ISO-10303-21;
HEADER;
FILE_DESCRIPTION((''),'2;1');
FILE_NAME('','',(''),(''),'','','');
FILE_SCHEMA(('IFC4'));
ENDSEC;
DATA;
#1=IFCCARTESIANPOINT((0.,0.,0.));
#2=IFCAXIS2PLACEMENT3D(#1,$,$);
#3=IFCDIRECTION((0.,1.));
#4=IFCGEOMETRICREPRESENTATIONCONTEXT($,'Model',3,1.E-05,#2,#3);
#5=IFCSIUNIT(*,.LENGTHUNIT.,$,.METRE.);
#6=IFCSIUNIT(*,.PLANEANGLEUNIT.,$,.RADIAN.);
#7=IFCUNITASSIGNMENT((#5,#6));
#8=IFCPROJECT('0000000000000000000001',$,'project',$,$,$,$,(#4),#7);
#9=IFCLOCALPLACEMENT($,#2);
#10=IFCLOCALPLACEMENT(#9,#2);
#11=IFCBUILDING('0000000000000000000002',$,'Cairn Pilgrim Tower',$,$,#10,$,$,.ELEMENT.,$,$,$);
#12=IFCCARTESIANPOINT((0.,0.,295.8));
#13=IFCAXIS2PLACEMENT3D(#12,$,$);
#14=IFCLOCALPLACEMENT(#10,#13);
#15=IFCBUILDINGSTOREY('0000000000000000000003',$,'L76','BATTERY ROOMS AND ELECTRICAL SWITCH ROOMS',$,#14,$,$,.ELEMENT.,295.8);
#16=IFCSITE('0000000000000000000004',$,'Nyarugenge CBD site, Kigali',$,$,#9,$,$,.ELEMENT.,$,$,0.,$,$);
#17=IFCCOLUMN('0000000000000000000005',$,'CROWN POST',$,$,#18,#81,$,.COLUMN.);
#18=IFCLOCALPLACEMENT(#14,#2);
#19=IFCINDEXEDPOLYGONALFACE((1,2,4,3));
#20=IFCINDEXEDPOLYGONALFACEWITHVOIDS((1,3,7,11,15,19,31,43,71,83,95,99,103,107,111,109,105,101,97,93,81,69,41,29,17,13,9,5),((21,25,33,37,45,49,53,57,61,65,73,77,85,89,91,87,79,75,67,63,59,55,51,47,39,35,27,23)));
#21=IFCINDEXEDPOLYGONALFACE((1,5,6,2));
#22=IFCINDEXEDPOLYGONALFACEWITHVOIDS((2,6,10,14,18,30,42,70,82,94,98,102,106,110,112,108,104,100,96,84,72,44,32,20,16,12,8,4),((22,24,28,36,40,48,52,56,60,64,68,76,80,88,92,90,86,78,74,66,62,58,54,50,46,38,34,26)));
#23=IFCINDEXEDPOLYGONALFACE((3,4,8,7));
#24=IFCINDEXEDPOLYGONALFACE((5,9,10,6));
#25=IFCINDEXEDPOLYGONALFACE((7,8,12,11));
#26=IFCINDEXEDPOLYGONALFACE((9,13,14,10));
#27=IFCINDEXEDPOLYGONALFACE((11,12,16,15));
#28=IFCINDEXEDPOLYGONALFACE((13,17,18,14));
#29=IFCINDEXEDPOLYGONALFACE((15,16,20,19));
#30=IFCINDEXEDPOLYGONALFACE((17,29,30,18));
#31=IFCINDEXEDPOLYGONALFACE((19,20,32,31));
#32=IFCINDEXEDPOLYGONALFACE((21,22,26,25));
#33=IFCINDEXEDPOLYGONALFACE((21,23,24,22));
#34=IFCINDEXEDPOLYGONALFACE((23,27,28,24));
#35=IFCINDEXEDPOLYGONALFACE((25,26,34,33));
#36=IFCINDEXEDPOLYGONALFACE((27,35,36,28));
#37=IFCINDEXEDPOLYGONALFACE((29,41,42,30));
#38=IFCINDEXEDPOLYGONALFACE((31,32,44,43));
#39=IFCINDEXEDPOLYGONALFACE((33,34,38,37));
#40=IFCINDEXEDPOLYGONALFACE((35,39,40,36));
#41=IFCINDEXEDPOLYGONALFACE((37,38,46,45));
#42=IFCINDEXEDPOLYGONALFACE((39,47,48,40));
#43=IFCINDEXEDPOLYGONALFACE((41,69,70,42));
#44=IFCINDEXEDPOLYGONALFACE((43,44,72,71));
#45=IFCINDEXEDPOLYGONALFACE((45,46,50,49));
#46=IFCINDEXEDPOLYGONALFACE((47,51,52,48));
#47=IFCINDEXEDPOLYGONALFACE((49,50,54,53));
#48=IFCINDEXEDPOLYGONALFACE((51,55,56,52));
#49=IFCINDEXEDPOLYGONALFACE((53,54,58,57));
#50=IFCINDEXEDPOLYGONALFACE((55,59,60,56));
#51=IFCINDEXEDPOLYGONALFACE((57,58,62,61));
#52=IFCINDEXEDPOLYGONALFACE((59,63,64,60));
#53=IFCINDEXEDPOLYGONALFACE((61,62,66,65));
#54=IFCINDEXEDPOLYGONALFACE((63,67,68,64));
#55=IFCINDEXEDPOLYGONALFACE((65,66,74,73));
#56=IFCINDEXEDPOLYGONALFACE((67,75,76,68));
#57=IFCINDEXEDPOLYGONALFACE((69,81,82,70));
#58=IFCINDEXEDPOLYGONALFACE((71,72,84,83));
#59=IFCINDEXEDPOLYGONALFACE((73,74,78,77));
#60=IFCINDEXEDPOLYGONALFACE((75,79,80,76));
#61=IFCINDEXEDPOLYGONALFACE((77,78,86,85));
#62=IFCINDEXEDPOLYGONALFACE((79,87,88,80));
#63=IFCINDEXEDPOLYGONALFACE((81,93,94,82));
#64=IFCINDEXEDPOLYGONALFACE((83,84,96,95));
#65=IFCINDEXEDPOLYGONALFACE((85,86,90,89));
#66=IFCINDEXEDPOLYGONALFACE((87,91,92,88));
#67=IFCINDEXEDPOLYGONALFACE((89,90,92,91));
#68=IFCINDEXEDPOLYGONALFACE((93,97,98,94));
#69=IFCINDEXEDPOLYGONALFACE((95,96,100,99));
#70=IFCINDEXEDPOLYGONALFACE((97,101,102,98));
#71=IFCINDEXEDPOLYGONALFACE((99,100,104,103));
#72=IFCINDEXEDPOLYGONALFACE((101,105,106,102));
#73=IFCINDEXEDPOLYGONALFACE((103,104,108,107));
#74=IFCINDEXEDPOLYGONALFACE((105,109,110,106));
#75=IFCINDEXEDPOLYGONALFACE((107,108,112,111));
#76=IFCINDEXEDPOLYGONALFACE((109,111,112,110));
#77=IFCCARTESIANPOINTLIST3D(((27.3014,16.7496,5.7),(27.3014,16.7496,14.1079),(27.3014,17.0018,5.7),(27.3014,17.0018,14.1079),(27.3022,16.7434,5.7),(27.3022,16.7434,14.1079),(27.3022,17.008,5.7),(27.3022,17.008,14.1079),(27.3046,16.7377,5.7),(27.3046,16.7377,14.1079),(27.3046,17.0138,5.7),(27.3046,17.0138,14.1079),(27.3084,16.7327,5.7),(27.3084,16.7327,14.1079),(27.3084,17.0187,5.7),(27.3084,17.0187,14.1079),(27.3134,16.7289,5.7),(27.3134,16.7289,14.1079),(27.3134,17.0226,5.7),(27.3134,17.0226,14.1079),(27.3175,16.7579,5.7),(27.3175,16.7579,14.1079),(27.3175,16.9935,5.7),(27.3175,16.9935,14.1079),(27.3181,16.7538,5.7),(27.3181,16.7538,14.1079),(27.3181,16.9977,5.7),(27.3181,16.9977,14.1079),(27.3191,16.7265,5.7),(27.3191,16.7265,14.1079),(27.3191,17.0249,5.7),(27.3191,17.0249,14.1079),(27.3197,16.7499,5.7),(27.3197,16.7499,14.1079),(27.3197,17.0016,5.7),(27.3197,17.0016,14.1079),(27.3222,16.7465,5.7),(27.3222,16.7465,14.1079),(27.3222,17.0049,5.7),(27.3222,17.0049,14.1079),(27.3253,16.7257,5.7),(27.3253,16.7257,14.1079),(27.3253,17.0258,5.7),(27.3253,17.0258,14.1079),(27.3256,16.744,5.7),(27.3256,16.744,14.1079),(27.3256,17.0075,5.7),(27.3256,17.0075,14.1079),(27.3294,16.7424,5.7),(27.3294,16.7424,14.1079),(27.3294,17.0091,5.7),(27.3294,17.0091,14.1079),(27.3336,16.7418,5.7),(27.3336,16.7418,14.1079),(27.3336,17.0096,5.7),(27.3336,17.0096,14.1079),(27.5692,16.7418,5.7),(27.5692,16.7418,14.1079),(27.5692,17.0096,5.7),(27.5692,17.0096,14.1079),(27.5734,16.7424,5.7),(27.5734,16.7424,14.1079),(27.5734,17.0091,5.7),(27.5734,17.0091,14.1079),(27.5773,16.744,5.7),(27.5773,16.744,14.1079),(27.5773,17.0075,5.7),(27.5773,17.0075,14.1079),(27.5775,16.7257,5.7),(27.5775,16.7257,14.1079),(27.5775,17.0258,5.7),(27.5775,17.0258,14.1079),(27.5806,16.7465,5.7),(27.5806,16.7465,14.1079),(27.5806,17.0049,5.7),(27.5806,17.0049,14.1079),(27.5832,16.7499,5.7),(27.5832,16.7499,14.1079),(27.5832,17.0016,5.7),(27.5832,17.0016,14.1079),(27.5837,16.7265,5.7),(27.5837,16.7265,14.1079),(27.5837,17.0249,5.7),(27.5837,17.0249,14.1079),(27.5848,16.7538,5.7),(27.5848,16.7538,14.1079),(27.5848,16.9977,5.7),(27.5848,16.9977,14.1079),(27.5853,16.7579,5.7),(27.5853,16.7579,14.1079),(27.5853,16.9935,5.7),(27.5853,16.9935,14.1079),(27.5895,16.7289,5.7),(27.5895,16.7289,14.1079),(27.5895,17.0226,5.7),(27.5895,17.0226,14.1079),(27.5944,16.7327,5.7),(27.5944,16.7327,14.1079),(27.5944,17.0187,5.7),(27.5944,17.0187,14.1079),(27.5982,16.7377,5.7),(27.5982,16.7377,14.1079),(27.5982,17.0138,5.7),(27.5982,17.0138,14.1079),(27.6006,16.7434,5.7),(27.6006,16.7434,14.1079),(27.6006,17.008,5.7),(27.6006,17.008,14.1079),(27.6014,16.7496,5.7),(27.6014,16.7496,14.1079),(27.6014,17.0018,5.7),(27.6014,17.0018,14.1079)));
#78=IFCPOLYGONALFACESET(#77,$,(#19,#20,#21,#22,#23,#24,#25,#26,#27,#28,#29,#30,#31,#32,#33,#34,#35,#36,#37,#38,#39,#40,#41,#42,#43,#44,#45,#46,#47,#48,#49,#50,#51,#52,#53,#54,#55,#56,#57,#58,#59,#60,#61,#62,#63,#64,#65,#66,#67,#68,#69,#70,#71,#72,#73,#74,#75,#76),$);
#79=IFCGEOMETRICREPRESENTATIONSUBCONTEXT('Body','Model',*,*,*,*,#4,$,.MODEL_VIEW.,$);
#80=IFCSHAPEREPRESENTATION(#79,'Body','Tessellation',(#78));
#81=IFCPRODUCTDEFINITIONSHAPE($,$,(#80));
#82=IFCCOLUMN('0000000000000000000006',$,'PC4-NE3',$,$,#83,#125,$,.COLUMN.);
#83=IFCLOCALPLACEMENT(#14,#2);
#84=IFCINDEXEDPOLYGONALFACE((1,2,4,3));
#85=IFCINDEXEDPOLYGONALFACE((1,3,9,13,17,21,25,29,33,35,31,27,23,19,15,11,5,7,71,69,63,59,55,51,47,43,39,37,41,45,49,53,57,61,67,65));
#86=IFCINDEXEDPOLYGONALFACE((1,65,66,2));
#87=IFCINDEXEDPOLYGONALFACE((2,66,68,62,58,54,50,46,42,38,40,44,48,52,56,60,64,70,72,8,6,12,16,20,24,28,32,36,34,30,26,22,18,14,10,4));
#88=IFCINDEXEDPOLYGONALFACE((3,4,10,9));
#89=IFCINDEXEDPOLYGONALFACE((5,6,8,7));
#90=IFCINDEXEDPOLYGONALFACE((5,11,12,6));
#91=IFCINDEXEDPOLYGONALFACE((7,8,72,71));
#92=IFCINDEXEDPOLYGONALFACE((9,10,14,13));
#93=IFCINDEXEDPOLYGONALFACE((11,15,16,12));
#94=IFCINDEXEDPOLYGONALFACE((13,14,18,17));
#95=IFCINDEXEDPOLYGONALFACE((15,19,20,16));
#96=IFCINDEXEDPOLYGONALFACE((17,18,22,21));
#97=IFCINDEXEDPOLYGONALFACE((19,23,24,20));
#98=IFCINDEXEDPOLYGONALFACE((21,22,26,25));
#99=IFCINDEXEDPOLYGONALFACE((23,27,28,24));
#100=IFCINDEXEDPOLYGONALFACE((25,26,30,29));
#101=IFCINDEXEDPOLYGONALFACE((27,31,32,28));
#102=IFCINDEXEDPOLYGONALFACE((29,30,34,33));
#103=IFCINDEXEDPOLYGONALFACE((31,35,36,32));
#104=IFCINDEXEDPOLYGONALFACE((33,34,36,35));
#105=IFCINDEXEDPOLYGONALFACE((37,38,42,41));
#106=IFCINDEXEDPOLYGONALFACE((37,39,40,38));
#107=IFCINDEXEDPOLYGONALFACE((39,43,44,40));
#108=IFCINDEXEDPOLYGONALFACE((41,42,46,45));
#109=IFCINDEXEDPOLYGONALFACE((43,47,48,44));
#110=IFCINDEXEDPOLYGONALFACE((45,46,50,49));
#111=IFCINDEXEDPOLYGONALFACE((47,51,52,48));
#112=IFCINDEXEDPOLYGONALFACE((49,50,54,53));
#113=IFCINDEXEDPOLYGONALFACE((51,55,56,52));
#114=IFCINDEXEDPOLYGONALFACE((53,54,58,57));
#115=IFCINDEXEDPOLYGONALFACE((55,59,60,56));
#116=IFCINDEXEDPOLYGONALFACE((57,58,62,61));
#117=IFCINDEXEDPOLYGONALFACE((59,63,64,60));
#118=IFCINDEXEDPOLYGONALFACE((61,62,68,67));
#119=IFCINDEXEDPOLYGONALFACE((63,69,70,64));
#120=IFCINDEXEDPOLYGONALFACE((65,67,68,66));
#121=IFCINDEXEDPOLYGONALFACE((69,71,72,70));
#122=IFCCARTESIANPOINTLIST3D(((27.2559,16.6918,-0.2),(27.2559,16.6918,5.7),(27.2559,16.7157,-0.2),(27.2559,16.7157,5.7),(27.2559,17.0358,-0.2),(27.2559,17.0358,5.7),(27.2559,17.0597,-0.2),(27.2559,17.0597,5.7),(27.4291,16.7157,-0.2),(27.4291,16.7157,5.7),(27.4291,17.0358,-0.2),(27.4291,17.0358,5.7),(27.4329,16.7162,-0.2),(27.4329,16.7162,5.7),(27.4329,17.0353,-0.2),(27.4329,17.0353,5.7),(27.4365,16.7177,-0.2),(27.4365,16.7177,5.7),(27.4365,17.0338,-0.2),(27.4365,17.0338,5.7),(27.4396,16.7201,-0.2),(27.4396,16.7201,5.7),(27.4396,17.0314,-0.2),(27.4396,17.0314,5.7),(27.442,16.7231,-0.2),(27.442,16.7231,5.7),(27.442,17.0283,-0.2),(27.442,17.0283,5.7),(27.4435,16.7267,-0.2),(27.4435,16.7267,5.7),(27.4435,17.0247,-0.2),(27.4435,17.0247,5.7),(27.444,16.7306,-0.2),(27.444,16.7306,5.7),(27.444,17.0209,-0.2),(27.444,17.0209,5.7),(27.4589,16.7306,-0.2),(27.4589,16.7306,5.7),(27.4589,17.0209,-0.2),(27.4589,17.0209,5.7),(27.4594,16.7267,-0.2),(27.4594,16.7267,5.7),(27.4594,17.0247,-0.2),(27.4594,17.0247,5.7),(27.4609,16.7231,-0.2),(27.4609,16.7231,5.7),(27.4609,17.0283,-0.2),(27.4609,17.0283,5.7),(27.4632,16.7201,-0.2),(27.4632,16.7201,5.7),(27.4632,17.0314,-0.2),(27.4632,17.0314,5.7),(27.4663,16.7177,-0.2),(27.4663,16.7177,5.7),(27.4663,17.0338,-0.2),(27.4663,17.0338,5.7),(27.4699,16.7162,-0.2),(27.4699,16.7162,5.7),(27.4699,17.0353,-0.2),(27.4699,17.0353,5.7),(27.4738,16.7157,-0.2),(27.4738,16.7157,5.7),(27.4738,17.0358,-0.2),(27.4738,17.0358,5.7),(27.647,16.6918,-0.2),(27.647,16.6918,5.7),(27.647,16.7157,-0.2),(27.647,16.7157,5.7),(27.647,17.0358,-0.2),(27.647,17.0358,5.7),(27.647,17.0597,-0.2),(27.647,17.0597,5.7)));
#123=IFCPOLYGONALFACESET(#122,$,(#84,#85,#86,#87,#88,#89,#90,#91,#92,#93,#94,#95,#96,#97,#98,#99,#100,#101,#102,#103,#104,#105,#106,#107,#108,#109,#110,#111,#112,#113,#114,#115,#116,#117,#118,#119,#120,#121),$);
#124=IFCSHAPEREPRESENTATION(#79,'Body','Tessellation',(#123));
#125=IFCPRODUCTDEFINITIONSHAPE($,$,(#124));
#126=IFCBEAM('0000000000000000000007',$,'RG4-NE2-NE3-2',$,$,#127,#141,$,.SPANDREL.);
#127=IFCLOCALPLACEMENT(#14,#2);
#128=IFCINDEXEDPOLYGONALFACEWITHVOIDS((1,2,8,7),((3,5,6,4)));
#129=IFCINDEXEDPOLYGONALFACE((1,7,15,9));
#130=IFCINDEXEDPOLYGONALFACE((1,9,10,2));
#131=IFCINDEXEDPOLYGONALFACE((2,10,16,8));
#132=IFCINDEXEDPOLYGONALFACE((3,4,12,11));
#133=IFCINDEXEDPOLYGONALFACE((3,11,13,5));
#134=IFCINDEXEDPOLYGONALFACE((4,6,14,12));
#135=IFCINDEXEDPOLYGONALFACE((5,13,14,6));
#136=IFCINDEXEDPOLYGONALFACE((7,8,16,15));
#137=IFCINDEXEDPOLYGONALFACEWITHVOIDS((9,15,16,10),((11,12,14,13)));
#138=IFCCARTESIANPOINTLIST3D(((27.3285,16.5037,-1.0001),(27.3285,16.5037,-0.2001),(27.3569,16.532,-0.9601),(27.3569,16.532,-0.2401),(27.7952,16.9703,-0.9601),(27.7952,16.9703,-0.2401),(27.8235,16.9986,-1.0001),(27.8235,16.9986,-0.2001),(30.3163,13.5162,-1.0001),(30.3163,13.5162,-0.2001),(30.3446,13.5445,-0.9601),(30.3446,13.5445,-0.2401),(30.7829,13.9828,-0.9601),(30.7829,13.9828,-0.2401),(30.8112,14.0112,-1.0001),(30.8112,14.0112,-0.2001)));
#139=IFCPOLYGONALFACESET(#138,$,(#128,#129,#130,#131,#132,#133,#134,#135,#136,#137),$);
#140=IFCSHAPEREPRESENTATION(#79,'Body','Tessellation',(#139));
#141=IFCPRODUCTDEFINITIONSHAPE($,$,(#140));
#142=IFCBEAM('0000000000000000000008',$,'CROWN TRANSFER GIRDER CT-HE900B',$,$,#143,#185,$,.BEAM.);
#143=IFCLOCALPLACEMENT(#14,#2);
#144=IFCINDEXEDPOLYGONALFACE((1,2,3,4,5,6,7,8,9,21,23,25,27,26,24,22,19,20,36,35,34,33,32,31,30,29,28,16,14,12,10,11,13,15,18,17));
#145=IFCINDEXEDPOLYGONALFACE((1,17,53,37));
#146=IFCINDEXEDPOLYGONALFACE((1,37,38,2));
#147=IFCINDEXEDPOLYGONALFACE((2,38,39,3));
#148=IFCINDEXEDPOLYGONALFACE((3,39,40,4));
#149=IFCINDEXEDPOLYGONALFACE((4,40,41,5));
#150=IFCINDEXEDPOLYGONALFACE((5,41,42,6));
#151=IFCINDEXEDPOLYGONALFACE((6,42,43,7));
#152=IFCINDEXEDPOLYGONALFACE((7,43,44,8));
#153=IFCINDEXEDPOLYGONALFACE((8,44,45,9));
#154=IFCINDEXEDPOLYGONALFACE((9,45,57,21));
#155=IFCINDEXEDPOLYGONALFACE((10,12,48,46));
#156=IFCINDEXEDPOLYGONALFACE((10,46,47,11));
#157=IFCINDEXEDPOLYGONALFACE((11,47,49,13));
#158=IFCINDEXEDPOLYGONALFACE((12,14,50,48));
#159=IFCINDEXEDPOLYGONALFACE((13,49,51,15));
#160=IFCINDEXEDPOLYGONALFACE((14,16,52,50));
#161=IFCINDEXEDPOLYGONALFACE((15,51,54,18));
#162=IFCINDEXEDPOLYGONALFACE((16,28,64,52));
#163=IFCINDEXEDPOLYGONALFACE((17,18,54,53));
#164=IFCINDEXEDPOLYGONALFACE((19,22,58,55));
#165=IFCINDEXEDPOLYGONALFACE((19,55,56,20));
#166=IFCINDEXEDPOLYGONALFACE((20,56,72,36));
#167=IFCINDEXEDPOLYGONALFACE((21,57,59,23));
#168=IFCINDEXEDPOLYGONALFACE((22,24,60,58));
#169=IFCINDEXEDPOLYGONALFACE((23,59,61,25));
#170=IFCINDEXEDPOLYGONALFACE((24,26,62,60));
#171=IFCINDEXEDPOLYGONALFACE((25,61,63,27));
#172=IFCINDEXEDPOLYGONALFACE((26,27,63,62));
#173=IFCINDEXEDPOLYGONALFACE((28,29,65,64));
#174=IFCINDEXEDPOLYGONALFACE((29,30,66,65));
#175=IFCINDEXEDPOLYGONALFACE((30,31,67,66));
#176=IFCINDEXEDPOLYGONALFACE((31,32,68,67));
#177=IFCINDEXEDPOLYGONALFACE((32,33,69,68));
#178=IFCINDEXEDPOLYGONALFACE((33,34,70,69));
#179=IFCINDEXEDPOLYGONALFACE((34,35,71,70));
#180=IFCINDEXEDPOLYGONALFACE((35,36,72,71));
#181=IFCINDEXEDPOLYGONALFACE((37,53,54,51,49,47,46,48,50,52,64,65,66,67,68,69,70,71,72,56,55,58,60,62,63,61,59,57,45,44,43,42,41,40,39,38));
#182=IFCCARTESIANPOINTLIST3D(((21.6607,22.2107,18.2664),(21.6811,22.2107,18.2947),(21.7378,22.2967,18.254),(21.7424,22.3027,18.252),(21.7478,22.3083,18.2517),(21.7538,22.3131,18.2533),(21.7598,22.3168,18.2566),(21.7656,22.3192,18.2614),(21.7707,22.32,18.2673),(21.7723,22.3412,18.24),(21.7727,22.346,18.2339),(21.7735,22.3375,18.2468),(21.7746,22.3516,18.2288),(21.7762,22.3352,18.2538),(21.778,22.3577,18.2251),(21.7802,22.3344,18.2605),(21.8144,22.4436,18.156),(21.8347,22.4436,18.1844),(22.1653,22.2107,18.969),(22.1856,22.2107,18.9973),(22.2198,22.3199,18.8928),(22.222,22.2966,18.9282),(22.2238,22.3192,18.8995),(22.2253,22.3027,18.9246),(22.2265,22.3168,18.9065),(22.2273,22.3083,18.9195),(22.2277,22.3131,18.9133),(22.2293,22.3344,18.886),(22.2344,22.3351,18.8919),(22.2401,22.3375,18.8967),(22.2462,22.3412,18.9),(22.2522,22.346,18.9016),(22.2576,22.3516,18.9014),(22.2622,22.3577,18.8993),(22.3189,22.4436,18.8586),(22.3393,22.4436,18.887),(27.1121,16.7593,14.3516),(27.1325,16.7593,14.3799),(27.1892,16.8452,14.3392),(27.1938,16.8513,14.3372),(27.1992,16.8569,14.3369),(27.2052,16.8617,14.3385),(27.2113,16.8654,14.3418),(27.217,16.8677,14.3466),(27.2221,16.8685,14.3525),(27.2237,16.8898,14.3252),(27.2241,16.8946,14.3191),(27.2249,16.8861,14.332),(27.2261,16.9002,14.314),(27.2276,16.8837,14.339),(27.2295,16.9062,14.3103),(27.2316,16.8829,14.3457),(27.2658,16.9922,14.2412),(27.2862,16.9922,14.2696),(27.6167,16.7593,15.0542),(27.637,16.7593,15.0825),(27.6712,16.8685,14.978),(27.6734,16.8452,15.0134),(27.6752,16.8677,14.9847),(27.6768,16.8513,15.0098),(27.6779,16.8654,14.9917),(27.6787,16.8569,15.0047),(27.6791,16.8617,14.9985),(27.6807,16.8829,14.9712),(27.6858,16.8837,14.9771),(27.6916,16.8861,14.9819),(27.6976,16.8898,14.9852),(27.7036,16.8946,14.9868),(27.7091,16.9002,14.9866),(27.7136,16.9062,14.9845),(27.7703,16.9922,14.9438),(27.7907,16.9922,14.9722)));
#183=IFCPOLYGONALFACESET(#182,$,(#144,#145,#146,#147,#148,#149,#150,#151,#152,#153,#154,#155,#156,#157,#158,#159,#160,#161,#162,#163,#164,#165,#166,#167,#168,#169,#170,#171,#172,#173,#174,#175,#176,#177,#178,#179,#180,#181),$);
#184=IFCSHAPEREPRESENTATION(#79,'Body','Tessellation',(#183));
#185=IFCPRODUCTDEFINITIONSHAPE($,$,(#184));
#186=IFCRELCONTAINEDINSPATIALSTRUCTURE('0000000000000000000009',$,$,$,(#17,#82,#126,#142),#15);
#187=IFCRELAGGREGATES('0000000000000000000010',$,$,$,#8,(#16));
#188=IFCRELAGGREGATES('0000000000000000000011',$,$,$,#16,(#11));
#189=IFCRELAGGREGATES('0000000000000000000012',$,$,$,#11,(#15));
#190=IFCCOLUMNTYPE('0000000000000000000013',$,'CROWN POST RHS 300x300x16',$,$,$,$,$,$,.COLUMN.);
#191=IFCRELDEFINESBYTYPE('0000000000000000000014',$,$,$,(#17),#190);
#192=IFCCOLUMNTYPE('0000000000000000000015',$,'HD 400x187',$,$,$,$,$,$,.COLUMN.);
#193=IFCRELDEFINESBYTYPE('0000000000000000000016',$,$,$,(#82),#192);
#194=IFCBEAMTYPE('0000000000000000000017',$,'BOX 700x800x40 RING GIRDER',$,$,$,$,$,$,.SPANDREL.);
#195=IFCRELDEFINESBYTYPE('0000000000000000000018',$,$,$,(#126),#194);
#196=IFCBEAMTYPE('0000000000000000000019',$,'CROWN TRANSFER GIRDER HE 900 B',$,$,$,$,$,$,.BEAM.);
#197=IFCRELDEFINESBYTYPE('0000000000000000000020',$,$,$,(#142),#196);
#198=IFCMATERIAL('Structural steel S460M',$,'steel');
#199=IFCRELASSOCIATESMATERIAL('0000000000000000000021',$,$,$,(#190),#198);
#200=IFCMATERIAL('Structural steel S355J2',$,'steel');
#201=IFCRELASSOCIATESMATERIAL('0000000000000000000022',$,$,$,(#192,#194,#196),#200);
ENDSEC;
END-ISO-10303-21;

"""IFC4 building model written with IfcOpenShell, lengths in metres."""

from ifc_helpers import new_model, si_unit, direction, frame, origin, origin_2d, place, context, subcontext, project, spatial, hollow_rectangle, i_section, extrude, material, material_profile, profile_set, type_object, element, save


model = new_model("IFC4")

# Units and contexts
model_context = context("Model", 3, precision=1e-05, world=origin(), true_north=direction((0.0, 1.0)))
body_context = subcontext(model_context, "Body", "Model", "MODEL_VIEW")
ifc_project = project(units=[si_unit("LENGTHUNIT", "METRE"), si_unit("PLANEANGLEUNIT", "RADIAN")], contexts=[model_context])

# Site, building, storey
site_placement = place(None, origin())
site = spatial("IfcSite", under=ifc_project, at=site_placement, Name="Nyarugenge CBD site, Kigali", CompositionType="ELEMENT", RefElevation=0.0)
building_placement = place(site_placement, origin())
building = spatial("IfcBuilding", under=site, at=building_placement, Name="Cairn Pilgrim Tower", CompositionType="ELEMENT")
storey_placement = place(building_placement, frame((0.0, 0.0, 295.8)))
storey = spatial("IfcBuildingStorey", under=building, at=storey_placement, Name="L76", Description="BATTERY ROOMS AND ELECTRICAL SWITCH ROOMS", CompositionType="ELEMENT", Elevation=295.8)

# Columns
ifc_material_1 = material(Name="Structural steel S460M", Category="steel")
ifc_material_profile_1 = material_profile(ifc_material_1, hollow_rectangle(XDim=0.3, YDim=0.3, WallThickness=0.0161, InnerFilletRadius=0.0161, OuterFilletRadius=0.0239, at=origin_2d()), Name="SHS 300x300x16")
ifc_profile_set_1 = profile_set([ifc_material_profile_1], Name="Structural steel S460M")
column_type_1 = type_object("IfcColumnType", Name="CROWN POST RHS 300x300x16", PredefinedType="COLUMN", material=ifc_profile_set_1)
column_1_placement = place(storey_placement, frame((27.4514, 16.8757, 5.7), z_axis=(0.0, 0.0, 1.0), x_axis=(1.0, 0.0, 0.0)))
element("IfcColumn", 1, at=column_1_placement, inside=storey, type_object=column_type_1, Name="CROWN POST", PredefinedType="COLUMN", context=body_context, shape_type="SweptSolid", body=[
    extrude(hollow_rectangle(XDim=0.3, YDim=0.3, WallThickness=0.0161, InnerFilletRadius=0.0161, OuterFilletRadius=0.0239, at=origin_2d()), origin(), (0.0, 0.0, 1.0), 8.408),
])
ifc_material_2 = material(Name="Structural steel S355J2", Category="steel")
ifc_material_profile_2 = material_profile(ifc_material_2, i_section(OverallWidth=0.3911, OverallDepth=0.3679, WebThickness=0.0149, FlangeThickness=0.0239, FilletRadius=0.0149, at=origin_2d()), Name="HD 400x187")
ifc_profile_set_2 = profile_set([ifc_material_profile_2], Name="Structural steel S355J2")
column_type_2 = type_object("IfcColumnType", Name="HD 400x187", PredefinedType="COLUMN", material=ifc_profile_set_2)
column_2_placement = place(storey_placement, frame((27.4514, 16.8757, -0.2), z_axis=(0.0, 0.0, 1.0), x_axis=(1.0, 0.0, 0.0)))
element("IfcColumn", 2, at=column_2_placement, inside=storey, type_object=column_type_2, Name="PC4-NE3", PredefinedType="COLUMN", context=body_context, shape_type="SweptSolid", body=[
    extrude(i_section(OverallWidth=0.3911, OverallDepth=0.3679, WebThickness=0.0149, FlangeThickness=0.0239, FilletRadius=0.0149, at=origin_2d()), origin(), (0.0, 0.0, 1.0), 5.8999),
])

# Beams
ifc_material_profile_3 = material_profile(ifc_material_2, hollow_rectangle(XDim=0.7, YDim=0.8, WallThickness=0.04, at=origin_2d()), Name="BOX 700x800x40")
ifc_profile_set_3 = profile_set([ifc_material_profile_3], Name="Structural steel S355J2")
beam_type_1 = type_object("IfcBeamType", Name="BOX 700x800x40 RING GIRDER", PredefinedType="SPANDREL", material=ifc_profile_set_3)
beam_1_placement = place(storey_placement, frame((30.5637, 13.7637, -0.6001), z_axis=(-0.707136, 0.707078, 0.0), x_axis=(-0.707078, -0.707136, 0.0)))
element("IfcBeam", 3, at=beam_1_placement, inside=storey, type_object=beam_type_1, Name="RG4-NE2-NE3-2", PredefinedType="SPANDREL", context=body_context, shape_type="SweptSolid", body=[
    extrude(hollow_rectangle(XDim=0.7, YDim=0.8, WallThickness=0.04, at=origin_2d()), origin(), (0.0, 0.0, 1.0), 4.2251),
])
ifc_material_profile_4 = material_profile(ifc_material_2, i_section(OverallWidth=0.3, OverallDepth=0.8999, WebThickness=0.0186, FlangeThickness=0.0349, FilletRadius=0.03, at=origin_2d()), Name="HEB 900")
ifc_profile_set_4 = profile_set([ifc_material_profile_4], Name="Structural steel S355J2")
beam_type_2 = type_object("IfcBeamType", Name="CROWN TRANSFER GIRDER HE 900 B", PredefinedType="BEAM", material=ifc_profile_set_4)
beam_2_placement = place(storey_placement, frame((27.4514, 16.8757, 14.6619), z_axis=(-0.630479, 0.630479, 0.452762), x_axis=(-0.512119, -0.776207, 0.367746)))
element("IfcBeam", 4, at=beam_2_placement, inside=storey, type_object=beam_type_2, Name="CROWN TRANSFER GIRDER CT-HE900B", PredefinedType="BEAM", context=body_context, shape_type="SweptSolid", body=[
    extrude(i_section(OverallWidth=0.3, OverallDepth=0.8999, WebThickness=0.0186, FlangeThickness=0.0349, FilletRadius=0.03, at=origin_2d()), origin(), (0.0, 0.0, 1.0), 8.6465),
])

save(model, "model.ifc")
